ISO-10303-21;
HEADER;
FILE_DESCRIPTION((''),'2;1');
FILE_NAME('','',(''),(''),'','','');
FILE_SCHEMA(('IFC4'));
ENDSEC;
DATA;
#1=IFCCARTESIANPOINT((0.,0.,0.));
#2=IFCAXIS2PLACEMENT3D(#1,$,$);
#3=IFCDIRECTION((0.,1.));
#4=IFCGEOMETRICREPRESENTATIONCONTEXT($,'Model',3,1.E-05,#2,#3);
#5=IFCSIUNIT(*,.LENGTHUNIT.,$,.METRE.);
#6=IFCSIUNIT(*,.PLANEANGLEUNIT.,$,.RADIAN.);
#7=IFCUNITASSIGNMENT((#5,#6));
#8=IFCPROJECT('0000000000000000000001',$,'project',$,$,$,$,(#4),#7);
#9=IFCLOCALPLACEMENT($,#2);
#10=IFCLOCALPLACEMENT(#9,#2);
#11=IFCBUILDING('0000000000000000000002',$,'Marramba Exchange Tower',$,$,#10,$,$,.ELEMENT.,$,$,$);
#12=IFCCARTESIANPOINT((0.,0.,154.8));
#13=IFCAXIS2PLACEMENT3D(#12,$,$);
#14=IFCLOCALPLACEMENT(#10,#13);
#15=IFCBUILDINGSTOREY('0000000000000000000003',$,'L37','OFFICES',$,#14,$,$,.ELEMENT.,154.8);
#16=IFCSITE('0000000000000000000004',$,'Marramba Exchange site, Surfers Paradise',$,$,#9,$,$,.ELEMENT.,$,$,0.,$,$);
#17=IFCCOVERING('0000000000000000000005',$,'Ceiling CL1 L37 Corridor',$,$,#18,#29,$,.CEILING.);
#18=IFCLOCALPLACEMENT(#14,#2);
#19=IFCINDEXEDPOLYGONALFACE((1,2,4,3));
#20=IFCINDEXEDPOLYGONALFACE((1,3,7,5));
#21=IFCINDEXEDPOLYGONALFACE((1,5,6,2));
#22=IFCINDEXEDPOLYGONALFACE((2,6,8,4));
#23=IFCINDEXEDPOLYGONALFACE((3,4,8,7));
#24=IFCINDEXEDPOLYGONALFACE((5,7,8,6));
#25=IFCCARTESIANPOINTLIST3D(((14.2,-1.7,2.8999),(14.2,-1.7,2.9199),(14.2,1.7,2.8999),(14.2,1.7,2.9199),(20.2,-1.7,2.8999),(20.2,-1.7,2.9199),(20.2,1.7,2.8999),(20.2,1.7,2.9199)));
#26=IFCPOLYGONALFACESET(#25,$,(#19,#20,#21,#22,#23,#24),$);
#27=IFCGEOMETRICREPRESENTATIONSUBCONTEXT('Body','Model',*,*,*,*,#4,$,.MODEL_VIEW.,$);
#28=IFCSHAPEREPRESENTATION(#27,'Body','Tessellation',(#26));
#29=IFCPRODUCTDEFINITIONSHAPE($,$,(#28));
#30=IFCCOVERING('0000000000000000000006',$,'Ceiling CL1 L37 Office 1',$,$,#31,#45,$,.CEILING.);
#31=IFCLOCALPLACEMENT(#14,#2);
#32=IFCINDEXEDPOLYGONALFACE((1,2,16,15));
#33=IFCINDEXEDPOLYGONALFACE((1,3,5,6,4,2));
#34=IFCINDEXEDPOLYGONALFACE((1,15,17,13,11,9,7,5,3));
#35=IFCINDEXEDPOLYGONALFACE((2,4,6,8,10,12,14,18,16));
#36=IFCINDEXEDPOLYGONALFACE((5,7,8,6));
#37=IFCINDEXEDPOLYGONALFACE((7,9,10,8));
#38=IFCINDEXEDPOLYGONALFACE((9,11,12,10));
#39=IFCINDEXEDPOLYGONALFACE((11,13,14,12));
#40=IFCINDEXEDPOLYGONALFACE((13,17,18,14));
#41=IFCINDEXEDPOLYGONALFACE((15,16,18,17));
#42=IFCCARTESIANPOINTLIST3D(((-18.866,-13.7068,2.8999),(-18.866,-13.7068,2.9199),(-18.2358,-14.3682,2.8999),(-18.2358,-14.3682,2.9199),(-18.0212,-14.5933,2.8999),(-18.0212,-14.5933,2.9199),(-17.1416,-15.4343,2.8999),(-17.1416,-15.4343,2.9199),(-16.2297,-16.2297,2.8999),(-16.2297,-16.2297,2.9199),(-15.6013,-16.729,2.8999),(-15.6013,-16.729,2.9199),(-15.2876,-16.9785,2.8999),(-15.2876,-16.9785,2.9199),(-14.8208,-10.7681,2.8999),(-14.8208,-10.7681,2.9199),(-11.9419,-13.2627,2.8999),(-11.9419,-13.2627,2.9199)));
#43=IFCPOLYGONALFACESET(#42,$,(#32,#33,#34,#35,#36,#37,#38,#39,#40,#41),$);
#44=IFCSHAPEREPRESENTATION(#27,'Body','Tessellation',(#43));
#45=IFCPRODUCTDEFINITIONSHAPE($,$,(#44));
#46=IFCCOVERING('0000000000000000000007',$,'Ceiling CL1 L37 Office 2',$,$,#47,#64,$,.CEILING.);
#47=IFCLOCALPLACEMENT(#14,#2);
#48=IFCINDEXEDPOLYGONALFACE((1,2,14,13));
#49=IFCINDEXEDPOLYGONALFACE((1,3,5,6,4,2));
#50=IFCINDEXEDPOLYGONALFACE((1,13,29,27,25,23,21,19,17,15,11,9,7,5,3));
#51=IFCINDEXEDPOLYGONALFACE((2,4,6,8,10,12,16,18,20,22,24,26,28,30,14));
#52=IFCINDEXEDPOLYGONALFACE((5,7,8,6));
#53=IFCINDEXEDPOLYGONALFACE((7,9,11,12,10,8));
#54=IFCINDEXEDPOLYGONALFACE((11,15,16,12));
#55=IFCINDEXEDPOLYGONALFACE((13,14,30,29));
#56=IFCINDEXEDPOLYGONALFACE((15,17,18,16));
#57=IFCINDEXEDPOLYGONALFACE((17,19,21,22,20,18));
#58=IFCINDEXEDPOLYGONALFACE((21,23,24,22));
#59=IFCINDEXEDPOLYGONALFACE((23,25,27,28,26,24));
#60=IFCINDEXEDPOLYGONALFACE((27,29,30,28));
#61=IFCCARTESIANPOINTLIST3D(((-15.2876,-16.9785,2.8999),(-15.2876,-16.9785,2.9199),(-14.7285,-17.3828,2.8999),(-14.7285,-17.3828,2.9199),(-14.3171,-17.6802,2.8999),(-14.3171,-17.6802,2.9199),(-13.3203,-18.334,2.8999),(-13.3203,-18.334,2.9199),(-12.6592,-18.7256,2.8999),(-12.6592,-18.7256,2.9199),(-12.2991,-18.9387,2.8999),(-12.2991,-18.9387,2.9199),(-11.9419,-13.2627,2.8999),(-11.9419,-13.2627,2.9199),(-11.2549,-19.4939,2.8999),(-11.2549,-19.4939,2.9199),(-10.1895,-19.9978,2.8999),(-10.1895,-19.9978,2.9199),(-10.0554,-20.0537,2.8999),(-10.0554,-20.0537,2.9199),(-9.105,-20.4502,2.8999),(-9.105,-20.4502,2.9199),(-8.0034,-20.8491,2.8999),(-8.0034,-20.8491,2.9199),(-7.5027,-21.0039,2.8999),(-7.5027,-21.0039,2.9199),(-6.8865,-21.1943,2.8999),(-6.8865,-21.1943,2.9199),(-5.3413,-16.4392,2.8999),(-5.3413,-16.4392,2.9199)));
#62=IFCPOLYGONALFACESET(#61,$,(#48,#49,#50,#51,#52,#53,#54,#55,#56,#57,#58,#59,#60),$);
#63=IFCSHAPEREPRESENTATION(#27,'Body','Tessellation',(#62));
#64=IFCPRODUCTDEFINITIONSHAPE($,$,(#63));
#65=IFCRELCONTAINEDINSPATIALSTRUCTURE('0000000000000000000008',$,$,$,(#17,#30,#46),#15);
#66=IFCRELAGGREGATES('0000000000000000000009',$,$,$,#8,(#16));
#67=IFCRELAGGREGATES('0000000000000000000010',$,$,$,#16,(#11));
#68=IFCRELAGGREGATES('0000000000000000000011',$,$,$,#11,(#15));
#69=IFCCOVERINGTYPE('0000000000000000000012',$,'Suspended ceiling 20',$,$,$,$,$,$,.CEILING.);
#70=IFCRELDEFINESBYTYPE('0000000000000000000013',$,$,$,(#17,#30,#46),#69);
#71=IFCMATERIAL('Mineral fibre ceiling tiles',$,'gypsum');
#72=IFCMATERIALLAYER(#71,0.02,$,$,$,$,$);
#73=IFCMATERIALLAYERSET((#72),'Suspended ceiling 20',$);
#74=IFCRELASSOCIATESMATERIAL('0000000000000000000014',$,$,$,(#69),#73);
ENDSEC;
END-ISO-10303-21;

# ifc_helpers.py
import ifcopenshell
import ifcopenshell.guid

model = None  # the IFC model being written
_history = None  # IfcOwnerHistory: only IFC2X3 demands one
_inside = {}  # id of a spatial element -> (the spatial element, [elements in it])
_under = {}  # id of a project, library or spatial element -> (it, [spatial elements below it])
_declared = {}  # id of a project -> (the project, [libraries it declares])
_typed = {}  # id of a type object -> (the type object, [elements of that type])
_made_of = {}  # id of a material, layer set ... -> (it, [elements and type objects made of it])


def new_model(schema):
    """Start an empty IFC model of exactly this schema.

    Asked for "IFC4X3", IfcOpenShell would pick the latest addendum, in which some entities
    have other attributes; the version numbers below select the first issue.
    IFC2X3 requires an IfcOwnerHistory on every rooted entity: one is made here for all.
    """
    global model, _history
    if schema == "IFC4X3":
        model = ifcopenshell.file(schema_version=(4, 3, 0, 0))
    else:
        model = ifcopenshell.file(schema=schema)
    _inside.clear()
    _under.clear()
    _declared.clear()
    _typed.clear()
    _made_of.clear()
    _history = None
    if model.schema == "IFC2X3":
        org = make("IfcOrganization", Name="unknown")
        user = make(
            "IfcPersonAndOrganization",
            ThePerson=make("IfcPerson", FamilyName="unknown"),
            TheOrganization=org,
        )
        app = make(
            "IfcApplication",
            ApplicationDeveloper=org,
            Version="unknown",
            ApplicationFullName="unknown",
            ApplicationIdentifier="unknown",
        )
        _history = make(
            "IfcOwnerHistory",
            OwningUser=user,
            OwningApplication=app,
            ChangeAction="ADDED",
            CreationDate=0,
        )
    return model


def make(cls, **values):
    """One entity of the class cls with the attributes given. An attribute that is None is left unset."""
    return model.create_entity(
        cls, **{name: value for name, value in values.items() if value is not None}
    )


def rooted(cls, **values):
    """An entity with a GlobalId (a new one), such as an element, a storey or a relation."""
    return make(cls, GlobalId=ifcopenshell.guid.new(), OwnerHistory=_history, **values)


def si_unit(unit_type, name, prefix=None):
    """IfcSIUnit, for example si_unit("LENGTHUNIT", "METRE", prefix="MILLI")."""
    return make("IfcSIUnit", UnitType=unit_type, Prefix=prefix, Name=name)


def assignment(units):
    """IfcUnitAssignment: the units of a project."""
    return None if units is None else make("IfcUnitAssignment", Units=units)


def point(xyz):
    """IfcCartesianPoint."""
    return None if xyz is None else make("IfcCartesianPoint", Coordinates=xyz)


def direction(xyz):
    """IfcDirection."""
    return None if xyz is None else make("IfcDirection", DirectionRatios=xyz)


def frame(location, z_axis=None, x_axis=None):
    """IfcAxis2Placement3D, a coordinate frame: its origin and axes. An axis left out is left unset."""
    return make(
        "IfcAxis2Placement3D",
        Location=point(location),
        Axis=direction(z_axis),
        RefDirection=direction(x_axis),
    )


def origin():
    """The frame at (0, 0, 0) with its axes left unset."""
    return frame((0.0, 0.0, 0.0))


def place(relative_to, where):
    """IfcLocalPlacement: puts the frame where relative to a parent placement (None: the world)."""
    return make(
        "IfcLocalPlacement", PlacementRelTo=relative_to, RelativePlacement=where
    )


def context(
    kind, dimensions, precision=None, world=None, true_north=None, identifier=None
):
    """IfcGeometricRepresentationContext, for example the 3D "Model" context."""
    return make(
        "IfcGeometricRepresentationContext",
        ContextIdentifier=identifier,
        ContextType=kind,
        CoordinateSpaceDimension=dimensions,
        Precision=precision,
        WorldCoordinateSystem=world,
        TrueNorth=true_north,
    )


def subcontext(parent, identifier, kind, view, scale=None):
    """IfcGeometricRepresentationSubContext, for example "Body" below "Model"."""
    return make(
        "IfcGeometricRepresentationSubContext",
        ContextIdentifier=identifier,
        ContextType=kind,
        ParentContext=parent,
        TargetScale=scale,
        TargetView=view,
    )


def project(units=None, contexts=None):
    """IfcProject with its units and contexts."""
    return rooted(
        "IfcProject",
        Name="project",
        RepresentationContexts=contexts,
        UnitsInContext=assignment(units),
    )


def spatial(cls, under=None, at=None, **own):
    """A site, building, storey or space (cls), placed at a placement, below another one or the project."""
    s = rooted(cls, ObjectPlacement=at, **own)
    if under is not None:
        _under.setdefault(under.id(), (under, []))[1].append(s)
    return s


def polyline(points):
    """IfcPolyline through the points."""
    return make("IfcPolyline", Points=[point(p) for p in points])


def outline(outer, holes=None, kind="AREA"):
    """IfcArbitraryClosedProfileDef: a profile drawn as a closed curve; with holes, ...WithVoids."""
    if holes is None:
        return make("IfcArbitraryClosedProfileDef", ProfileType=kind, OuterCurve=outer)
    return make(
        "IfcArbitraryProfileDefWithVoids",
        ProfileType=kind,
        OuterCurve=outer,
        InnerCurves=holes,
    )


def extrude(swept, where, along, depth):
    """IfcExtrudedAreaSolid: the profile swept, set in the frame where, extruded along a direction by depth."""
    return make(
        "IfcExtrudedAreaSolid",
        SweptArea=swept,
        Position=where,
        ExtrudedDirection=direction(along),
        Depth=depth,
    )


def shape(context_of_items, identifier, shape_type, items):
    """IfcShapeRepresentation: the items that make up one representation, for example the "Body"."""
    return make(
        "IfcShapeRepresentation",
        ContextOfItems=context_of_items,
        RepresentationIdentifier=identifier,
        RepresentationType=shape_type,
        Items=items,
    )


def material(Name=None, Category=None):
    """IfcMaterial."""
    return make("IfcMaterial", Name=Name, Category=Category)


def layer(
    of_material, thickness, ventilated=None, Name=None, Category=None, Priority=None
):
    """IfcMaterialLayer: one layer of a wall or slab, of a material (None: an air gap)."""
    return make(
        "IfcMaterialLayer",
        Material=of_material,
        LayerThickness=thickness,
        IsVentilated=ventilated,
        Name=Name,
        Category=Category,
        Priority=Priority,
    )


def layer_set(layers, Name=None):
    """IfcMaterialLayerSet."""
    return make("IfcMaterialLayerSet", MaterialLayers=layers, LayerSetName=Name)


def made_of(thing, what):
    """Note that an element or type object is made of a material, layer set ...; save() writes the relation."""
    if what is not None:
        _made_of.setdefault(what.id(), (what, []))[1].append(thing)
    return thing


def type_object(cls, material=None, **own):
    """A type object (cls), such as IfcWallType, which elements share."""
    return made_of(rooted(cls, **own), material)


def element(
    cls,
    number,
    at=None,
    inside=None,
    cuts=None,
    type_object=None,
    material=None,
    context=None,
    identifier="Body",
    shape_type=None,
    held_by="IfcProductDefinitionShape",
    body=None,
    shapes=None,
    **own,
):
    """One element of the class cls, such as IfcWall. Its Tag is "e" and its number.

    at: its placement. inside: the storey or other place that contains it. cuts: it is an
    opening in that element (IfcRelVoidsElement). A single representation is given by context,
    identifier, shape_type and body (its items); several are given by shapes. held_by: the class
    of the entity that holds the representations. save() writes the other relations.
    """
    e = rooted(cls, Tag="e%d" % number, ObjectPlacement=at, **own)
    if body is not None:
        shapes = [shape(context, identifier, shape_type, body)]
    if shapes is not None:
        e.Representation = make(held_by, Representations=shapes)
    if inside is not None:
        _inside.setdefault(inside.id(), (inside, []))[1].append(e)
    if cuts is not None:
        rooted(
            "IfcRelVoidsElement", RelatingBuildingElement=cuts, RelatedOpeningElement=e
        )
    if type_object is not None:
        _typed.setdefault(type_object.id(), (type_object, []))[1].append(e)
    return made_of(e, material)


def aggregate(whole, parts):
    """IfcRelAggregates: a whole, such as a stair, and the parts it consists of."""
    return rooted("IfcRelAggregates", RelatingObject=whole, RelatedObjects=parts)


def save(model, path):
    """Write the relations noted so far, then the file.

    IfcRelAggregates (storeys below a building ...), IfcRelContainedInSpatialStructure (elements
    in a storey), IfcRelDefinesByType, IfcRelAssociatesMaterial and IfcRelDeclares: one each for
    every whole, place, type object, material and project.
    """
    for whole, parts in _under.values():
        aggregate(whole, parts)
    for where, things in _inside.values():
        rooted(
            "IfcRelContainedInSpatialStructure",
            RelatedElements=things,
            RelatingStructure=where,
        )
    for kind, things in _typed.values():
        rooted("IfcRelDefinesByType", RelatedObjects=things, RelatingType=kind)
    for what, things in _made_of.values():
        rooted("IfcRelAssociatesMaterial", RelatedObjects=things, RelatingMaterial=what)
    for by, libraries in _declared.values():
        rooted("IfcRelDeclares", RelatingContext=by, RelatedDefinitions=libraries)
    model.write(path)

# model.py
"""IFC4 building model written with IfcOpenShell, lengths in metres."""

from ifc_helpers import new_model, si_unit, direction, frame, origin, place, context, subcontext, project, spatial, polyline, outline, extrude, material, layer, layer_set, type_object, element, save


model = new_model("IFC4")

# Units and contexts
model_context = context("Model", 3, precision=1e-05, world=origin(), true_north=direction((0.0, 1.0)))
body_context = subcontext(model_context, "Body", "Model", "MODEL_VIEW")
ifc_project = project(units=[si_unit("LENGTHUNIT", "METRE"), si_unit("PLANEANGLEUNIT", "RADIAN")], contexts=[model_context])

# Site, building, storey
site_placement = place(None, origin())
site = spatial("IfcSite", under=ifc_project, at=site_placement, Name="Marramba Exchange site, Surfers Paradise", CompositionType="ELEMENT", RefElevation=0.0)
building_placement = place(site_placement, origin())
building = spatial("IfcBuilding", under=site, at=building_placement, Name="Marramba Exchange Tower", CompositionType="ELEMENT")
storey_placement = place(building_placement, frame((0.0, 0.0, 154.8)))
storey = spatial("IfcBuildingStorey", under=building, at=storey_placement, Name="L37", Description="OFFICES", CompositionType="ELEMENT", Elevation=154.8)

# Coverings
ifc_material_1 = material(Name="Mineral fibre ceiling tiles", Category="gypsum")
ifc_layer_1 = layer(ifc_material_1, 0.02)
ifc_layer_set_1 = layer_set([ifc_layer_1], Name="Suspended ceiling 20")
covering_type = type_object("IfcCoveringType", Name="Suspended ceiling 20", PredefinedType="CEILING", material=ifc_layer_set_1)
covering_1_placement = place(storey_placement, frame((0.0, 0.0, 2.8999)))
element("IfcCovering", 1, at=covering_1_placement, inside=storey, type_object=covering_type, Name="Ceiling CL1 L37 Corridor", PredefinedType="CEILING", context=body_context, shape_type="SweptSolid", body=[
    extrude(outline(polyline([(14.2, -1.7), (14.2, 1.7), (20.2, 1.7), (20.2, -1.7), (14.2, -1.7)])), origin(), (0.0, 0.0, 1.0), 0.02),
])
covering_2_placement = place(storey_placement, frame((0.0, 0.0, 2.8999)))
element("IfcCovering", 2, at=covering_2_placement, inside=storey, type_object=covering_type, Name="Ceiling CL1 L37 Office 1", PredefinedType="CEILING", context=body_context, shape_type="SweptSolid", body=[
    extrude(outline(polyline([(-15.6013, -16.729), (-16.2297, -16.2297), (-17.1416, -15.4343), (-18.0212, -14.5933), (-18.2358, -14.3682), (-18.866, -13.7068), (-14.8208, -10.7681), (-11.9419, -13.2627), (-15.2876, -16.9785), (-15.6013, -16.729)])), origin(), (0.0, 0.0, 1.0), 0.02),
])
covering_3_placement = place(storey_placement, frame((0.0, 0.0, 2.8999)))
element("IfcCovering", 3, at=covering_3_placement, inside=storey, type_object=covering_type, Name="Ceiling CL1 L37 Office 2", PredefinedType="CEILING", context=body_context, shape_type="SweptSolid", body=[
    extrude(outline(polyline([(-6.8865, -21.1943), (-7.5027, -21.0039), (-8.0034, -20.8491), (-9.105, -20.4502), (-10.0554, -20.0537), (-10.1895, -19.9978), (-11.2549, -19.4939), (-12.2991, -18.9387), (-12.6592, -18.7256), (-13.3203, -18.334), (-14.3171, -17.6802), (-14.7285, -17.3828), (-15.2876, -16.9785), (-11.9419, -13.2627), (-5.3413, -16.4392), (-6.8865, -21.1943), (-6.8865, -21.1943)])), origin(), (0.0, 0.0, 1.0), 0.02),
])

save(model, "model.ifc")
